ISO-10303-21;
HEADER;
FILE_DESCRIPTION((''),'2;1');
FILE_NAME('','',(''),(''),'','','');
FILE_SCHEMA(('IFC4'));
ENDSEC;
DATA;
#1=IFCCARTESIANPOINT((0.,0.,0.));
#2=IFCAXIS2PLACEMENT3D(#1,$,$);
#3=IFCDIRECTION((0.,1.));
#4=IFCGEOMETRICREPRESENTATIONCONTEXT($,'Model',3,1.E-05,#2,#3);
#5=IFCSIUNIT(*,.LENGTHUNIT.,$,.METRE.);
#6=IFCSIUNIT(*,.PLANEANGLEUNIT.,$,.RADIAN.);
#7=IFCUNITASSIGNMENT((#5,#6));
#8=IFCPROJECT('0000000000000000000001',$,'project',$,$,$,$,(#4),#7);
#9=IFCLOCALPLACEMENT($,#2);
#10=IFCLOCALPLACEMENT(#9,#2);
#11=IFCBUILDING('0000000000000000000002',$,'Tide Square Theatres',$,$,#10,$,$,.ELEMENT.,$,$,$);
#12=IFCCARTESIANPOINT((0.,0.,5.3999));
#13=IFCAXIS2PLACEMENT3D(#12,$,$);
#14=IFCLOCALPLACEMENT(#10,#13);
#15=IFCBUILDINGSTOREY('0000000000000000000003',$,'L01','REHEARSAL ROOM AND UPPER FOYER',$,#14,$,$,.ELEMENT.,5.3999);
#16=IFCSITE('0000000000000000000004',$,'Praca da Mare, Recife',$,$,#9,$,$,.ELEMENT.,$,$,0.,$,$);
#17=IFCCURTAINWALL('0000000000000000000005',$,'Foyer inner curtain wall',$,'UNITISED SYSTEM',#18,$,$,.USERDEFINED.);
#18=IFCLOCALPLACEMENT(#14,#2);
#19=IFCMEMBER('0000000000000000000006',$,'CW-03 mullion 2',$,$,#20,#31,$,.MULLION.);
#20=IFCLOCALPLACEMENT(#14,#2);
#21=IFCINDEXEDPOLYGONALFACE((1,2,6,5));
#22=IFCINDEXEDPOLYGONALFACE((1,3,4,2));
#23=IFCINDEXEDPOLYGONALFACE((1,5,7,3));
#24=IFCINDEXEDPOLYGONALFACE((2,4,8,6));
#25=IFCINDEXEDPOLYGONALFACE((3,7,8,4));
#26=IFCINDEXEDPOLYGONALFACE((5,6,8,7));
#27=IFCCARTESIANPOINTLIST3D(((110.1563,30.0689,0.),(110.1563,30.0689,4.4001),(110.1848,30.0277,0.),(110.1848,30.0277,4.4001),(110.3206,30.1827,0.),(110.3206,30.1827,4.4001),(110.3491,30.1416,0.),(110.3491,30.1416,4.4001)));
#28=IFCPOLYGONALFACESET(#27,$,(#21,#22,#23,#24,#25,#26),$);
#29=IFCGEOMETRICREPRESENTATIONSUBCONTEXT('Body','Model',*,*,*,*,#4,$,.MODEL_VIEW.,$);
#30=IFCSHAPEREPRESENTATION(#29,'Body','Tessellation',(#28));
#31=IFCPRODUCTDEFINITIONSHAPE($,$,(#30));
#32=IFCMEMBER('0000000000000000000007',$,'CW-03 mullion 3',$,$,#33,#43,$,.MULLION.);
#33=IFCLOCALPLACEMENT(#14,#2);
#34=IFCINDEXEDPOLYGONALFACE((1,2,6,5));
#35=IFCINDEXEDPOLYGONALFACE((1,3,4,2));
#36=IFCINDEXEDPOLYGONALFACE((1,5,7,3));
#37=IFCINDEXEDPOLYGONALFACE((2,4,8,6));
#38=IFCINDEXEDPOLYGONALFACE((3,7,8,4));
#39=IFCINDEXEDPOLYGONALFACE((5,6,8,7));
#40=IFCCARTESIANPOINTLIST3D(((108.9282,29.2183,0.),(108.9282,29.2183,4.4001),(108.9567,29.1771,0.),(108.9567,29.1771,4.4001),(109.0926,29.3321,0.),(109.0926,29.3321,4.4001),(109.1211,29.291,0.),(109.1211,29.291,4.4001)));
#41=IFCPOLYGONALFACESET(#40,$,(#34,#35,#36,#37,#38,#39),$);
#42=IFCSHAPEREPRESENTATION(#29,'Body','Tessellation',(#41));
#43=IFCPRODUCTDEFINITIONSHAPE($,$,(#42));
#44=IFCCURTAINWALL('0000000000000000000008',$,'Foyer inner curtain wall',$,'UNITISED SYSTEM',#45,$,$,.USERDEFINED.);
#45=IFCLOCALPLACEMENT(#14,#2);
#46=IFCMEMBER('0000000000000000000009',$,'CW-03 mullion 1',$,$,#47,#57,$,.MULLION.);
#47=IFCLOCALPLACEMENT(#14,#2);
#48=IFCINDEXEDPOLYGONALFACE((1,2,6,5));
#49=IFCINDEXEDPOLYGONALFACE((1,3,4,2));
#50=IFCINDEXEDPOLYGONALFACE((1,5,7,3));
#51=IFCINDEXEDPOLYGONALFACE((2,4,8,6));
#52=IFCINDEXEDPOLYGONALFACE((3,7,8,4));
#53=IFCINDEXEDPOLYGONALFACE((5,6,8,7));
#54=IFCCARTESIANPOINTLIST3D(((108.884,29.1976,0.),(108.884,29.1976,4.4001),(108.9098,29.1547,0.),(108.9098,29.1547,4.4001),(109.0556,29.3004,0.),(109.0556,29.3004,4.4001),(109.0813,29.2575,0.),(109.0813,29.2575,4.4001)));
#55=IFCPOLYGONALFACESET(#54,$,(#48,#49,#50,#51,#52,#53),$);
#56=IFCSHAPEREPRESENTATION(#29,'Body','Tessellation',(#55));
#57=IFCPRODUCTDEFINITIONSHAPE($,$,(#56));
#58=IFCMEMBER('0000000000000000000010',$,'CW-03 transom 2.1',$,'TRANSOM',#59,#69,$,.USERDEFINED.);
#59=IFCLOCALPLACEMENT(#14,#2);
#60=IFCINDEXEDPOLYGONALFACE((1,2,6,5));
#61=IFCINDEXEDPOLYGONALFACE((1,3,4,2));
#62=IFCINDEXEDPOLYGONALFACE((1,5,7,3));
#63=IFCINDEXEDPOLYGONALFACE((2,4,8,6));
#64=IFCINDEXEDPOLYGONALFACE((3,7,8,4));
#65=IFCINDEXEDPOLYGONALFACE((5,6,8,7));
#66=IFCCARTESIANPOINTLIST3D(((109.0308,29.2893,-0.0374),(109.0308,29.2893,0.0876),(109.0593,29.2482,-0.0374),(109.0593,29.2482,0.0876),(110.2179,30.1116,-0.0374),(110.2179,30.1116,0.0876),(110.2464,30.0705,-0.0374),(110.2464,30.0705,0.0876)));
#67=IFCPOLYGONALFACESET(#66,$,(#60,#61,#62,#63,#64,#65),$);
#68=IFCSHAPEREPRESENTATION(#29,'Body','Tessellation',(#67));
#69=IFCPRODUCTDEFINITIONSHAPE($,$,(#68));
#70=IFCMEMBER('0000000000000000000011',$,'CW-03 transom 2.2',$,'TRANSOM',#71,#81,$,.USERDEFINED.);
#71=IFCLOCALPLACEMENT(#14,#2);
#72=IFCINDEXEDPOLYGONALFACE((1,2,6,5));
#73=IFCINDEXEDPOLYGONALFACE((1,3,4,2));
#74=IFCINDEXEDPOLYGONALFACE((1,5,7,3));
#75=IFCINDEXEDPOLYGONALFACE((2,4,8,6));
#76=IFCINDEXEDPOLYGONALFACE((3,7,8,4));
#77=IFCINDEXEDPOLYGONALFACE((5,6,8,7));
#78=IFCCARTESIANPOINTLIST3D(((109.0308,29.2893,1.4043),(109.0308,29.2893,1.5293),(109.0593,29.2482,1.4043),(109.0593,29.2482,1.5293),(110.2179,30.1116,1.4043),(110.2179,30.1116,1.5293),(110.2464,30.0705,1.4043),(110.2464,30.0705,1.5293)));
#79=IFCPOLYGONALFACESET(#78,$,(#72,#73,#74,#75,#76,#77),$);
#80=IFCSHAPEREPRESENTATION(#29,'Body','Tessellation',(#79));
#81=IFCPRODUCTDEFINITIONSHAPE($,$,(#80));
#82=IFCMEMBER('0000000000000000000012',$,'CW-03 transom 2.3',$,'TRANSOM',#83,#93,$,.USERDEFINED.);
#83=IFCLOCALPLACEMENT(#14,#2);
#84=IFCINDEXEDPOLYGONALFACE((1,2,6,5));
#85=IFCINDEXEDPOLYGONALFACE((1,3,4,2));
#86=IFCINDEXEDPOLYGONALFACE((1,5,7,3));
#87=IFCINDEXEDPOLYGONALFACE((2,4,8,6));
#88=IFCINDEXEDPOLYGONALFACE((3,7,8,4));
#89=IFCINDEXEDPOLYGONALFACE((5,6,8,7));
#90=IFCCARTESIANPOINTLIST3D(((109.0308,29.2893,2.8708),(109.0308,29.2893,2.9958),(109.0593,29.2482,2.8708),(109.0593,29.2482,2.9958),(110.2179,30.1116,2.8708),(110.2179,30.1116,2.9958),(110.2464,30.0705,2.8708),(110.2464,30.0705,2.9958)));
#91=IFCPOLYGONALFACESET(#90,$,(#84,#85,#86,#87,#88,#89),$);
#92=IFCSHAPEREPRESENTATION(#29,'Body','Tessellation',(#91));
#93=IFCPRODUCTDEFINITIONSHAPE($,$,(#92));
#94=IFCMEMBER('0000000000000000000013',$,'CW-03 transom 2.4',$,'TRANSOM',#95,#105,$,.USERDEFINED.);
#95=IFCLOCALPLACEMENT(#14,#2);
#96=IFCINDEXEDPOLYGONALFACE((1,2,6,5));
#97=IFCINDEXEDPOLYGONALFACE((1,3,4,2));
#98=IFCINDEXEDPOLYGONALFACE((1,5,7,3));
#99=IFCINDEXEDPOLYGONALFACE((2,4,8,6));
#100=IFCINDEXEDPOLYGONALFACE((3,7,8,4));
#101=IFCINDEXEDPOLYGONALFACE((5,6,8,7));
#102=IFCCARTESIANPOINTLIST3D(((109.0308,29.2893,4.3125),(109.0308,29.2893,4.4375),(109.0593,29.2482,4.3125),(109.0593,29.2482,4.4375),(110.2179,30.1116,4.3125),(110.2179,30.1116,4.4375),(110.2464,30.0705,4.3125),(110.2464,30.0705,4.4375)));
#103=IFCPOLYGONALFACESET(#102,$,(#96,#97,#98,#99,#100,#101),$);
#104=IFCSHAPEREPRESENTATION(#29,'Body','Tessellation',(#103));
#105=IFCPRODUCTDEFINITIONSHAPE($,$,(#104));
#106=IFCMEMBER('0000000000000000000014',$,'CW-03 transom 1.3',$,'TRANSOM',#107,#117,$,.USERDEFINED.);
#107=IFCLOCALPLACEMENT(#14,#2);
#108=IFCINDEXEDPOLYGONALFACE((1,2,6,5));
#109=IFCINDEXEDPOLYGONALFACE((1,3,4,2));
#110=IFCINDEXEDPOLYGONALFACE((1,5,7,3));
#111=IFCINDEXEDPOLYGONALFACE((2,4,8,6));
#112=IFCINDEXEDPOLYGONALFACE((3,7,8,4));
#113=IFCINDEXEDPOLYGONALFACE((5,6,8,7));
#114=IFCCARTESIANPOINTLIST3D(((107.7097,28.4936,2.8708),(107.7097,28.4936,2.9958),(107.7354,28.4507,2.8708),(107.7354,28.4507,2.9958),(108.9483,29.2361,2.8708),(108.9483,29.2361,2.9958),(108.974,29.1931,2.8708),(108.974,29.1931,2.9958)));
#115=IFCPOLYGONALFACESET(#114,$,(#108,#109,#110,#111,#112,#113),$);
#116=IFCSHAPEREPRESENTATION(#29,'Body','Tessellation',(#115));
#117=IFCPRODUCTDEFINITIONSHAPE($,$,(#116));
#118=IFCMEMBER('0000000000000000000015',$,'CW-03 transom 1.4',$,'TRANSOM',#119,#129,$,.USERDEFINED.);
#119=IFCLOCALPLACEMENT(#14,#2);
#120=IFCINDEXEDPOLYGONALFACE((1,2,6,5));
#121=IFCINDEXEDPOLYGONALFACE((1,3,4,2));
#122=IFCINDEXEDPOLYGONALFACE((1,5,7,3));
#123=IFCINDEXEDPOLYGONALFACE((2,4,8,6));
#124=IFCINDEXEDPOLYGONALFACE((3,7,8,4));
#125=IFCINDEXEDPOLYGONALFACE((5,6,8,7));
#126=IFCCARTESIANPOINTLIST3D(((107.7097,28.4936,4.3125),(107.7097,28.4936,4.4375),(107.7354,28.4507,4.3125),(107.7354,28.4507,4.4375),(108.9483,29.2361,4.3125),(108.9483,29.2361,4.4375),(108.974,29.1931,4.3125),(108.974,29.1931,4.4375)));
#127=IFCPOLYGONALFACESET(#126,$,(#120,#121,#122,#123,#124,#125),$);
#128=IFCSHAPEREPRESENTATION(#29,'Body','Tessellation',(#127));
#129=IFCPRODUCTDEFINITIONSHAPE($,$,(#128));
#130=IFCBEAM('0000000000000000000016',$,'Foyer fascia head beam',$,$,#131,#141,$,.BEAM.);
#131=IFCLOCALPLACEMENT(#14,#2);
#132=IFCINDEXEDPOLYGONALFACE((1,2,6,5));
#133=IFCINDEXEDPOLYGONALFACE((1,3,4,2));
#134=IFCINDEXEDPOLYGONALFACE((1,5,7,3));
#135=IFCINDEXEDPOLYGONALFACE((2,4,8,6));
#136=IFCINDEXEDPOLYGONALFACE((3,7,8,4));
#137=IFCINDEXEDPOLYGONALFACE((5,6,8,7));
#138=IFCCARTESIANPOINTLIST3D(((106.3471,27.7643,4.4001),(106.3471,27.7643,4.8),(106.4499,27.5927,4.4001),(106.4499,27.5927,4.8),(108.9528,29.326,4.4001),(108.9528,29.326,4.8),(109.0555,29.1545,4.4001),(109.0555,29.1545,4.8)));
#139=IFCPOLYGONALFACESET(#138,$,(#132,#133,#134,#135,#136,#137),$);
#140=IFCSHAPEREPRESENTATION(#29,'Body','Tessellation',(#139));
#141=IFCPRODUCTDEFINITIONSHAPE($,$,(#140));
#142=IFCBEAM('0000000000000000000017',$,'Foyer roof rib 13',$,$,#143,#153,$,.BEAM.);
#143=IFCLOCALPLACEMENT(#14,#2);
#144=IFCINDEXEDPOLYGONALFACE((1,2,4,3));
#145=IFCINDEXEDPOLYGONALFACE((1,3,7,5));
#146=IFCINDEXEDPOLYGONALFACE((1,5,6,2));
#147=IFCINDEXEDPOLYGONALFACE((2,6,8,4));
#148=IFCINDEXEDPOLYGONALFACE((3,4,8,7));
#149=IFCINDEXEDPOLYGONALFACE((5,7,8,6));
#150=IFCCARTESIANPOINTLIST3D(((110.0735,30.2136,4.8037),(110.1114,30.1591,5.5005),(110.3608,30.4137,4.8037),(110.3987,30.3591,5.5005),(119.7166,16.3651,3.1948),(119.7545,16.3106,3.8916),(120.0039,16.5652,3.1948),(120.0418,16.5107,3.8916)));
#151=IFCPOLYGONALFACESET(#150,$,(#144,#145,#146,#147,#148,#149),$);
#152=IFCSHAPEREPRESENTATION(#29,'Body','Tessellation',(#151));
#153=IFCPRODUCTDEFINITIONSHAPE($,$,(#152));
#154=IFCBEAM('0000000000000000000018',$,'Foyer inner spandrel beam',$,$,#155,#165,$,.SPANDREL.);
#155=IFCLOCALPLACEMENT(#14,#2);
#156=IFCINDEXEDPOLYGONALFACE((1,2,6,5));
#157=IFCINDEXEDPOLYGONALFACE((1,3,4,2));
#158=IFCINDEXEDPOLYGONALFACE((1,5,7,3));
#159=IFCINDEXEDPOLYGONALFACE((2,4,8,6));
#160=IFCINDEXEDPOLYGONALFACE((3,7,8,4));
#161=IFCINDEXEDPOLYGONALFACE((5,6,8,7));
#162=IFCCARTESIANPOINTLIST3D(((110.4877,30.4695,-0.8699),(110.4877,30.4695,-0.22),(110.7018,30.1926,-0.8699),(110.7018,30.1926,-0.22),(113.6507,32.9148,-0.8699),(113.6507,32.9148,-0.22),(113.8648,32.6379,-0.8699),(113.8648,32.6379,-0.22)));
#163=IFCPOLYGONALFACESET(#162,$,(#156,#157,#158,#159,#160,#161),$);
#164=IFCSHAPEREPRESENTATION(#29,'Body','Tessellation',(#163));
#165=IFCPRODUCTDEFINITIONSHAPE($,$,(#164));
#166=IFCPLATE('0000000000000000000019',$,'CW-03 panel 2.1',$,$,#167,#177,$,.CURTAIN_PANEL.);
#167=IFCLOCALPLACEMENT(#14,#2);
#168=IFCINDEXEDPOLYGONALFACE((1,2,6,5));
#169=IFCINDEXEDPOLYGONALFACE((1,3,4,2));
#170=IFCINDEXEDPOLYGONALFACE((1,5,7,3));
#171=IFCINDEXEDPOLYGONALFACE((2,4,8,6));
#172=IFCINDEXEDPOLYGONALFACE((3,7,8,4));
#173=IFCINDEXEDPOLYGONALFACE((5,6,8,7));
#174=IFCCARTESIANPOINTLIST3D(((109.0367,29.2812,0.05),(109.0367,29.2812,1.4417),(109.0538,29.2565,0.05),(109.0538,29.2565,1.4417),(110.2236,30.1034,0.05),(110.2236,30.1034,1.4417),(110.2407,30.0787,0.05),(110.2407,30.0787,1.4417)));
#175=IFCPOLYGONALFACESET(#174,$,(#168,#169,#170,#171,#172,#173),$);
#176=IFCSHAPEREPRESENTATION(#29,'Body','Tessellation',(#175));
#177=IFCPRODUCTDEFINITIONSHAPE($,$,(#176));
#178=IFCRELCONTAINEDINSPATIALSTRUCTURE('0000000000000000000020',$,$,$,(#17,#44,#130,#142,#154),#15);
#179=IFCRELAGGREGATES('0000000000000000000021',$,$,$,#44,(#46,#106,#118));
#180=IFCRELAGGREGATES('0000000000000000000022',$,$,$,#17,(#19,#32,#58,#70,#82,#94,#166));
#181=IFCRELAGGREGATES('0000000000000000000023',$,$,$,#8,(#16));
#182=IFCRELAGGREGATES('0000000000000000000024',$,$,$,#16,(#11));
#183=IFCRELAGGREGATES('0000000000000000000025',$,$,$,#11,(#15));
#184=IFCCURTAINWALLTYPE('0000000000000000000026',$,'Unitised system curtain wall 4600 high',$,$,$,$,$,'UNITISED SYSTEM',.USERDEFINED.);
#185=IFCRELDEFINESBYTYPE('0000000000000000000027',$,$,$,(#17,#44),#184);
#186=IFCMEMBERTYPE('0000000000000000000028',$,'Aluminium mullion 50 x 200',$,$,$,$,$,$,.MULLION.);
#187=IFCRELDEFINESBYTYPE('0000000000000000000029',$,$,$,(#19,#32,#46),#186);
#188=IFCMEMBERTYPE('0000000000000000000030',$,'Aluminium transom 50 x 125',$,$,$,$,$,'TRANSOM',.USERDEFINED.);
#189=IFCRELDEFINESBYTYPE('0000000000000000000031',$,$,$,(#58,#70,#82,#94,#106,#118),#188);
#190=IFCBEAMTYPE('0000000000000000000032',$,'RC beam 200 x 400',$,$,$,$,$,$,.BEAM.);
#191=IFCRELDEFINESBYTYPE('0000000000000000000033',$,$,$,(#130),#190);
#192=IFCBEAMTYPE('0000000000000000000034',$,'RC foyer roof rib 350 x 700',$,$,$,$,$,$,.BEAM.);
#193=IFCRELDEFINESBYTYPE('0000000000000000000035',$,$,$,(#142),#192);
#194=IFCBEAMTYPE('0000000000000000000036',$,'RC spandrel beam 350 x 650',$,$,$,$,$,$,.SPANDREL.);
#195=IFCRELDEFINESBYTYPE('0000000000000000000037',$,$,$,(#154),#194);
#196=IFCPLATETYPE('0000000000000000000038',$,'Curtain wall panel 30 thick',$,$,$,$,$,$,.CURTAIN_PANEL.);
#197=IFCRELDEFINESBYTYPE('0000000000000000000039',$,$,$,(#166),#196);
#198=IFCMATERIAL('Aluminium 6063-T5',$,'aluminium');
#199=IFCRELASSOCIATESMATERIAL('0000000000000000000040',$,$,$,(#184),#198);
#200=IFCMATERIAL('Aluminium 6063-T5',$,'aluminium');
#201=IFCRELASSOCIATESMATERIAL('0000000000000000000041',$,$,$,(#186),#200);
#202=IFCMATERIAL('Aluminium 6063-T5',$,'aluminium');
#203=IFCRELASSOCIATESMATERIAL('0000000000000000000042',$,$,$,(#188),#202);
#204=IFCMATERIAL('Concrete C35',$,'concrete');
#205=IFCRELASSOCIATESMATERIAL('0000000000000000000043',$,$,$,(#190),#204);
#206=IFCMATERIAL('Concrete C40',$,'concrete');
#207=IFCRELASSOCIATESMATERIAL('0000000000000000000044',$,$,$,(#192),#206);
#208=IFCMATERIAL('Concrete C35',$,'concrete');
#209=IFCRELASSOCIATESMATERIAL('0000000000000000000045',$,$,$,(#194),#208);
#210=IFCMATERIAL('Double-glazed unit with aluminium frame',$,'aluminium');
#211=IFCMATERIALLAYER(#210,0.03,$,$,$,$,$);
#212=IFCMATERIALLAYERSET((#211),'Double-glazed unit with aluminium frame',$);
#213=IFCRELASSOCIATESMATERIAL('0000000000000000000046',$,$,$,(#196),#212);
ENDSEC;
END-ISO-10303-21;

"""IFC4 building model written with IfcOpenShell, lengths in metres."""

from ifc_helpers import new_model, si_unit, direction, frame, origin, origin_2d, place, context, subcontext, project, spatial, rectangle, extrude, material, layer, layer_set, material_profile, profile_set, type_object, element, aggregate, save


model = new_model("IFC4")

# Units and contexts
model_context = context("Model", 3, precision=1e-05, world=origin(), true_north=direction((0.0, 1.0)))
body_context = subcontext(model_context, "Body", "Model", "MODEL_VIEW")
ifc_project = project(units=[si_unit("LENGTHUNIT", "METRE"), si_unit("PLANEANGLEUNIT", "RADIAN")], contexts=[model_context])

# Site, building, storey
site_placement = place(None, origin())
site = spatial("IfcSite", under=ifc_project, at=site_placement, Name="Praca da Mare, Recife", CompositionType="ELEMENT", RefElevation=0.0)
building_placement = place(site_placement, origin())
building = spatial("IfcBuilding", under=site, at=building_placement, Name="Tide Square Theatres", CompositionType="ELEMENT")
storey_placement = place(building_placement, frame((0.0, 0.0, 5.3999)))
storey = spatial("IfcBuildingStorey", under=building, at=storey_placement, Name="L01", Description="REHEARSAL ROOM AND UPPER FOYER", CompositionType="ELEMENT", Elevation=5.3999)

# Curtain wall, members
ifc_material_1 = material(Name="Aluminium 6063-T5", Category="aluminium")
curtain_wall_type = type_object("IfcCurtainWallType", Name="Unitised system curtain wall 4600 high", ElementType="UNITISED SYSTEM", PredefinedType="USERDEFINED", material=ifc_material_1)
curtain_wall_1_placement = place(storey_placement, origin())
curtain_wall_1 = element("IfcCurtainWall", 1, at=curtain_wall_1_placement, inside=storey, type_object=curtain_wall_type, Name="Foyer inner curtain wall", ObjectType="UNITISED SYSTEM", PredefinedType="USERDEFINED")
ifc_material_2 = material(Name="Aluminium 6063-T5", Category="aluminium")
ifc_material_profile_1 = material_profile(ifc_material_2, rectangle(XDim=0.05, YDim=0.2, at=origin_2d()))
ifc_profile_set_1 = profile_set([ifc_material_profile_1], Name="Aluminium 6063-T5")
member_type_1 = type_object("IfcMemberType", Name="Aluminium mullion 50 x 200", PredefinedType="MULLION", material=ifc_profile_set_1)
member_1_placement = place(storey_placement, frame((110.2527, 30.1052, 0.0), z_axis=(0.0, 0.0, 1.0), x_axis=(0.56947, -0.822012, 0.0)))
member_1 = element("IfcMember", 2, at=member_1_placement, type_object=member_type_1, Name="CW-03 mullion 2", PredefinedType="MULLION", context=body_context, shape_type="SweptSolid", body=[
    extrude(rectangle(XDim=0.05, YDim=0.2, at=origin_2d()), origin(), (0.0, 0.0, 1.0), 4.4001),
])
member_2_placement = place(storey_placement, frame((109.0247, 29.2546, 0.0), z_axis=(0.0, 0.0, 1.0), x_axis=(0.56947, -0.822012, 0.0)))
member_2 = element("IfcMember", 3, at=member_2_placement, type_object=member_type_1, Name="CW-03 mullion 3", PredefinedType="MULLION", context=body_context, shape_type="SweptSolid", body=[
    extrude(rectangle(XDim=0.05, YDim=0.2, at=origin_2d()), origin(), (0.0, 0.0, 1.0), 4.4001),
])

# Curtain wall, member
curtain_wall_2_placement = place(storey_placement, origin())
curtain_wall_2 = element("IfcCurtainWall", 4, at=curtain_wall_2_placement, inside=storey, type_object=curtain_wall_type, Name="Foyer inner curtain wall", ObjectType="UNITISED SYSTEM", PredefinedType="USERDEFINED")
member_3_placement = place(storey_placement, frame((108.9827, 29.2275, 0.0), z_axis=(0.0, 0.0, 1.0), x_axis=(0.514128, -0.857714, 0.0)))
member_3 = element("IfcMember", 5, at=member_3_placement, type_object=member_type_1, Name="CW-03 mullion 1", PredefinedType="MULLION", context=body_context, shape_type="SweptSolid", body=[
    extrude(rectangle(XDim=0.05, YDim=0.2, at=origin_2d()), origin(), (0.0, 0.0, 1.0), 4.4001),
])

# Members
ifc_material_3 = material(Name="Aluminium 6063-T5", Category="aluminium")
ifc_material_profile_2 = material_profile(ifc_material_3, rectangle(XDim=0.05, YDim=0.125, at=origin_2d()))
ifc_profile_set_2 = profile_set([ifc_material_profile_2], Name="Aluminium 6063-T5")
member_type_2 = type_object("IfcMemberType", Name="Aluminium transom 50 x 125", ElementType="TRANSOM", PredefinedType="USERDEFINED", material=ifc_profile_set_2)
member_4_placement = place(storey_placement, frame((110.2322, 30.0911, 0.0251), z_axis=(-0.822034, -0.569439, 0.0), x_axis=(0.569439, -0.822034, 0.0)))
member_4 = element("IfcMember", 6, at=member_4_placement, type_object=member_type_2, Name="CW-03 transom 2.1", ObjectType="TRANSOM", PredefinedType="USERDEFINED", context=body_context, shape_type="SweptSolid", body=[
    extrude(rectangle(XDim=0.05, YDim=0.125, at=origin_2d()), origin(), (0.0, 0.0, 1.0), 1.4441),
])
member_5_placement = place(storey_placement, frame((110.2322, 30.0911, 1.4668), z_axis=(-0.822034, -0.569439, 0.0), x_axis=(0.569439, -0.822034, 0.0)))
member_5 = element("IfcMember", 7, at=member_5_placement, type_object=member_type_2, Name="CW-03 transom 2.2", ObjectType="TRANSOM", PredefinedType="USERDEFINED", context=body_context, shape_type="SweptSolid", body=[
    extrude(rectangle(XDim=0.05, YDim=0.125, at=origin_2d()), origin(), (0.0, 0.0, 1.0), 1.4441),
])
member_6_placement = place(storey_placement, frame((110.2322, 30.0911, 2.9333), z_axis=(-0.822034, -0.569439, 0.0), x_axis=(0.569439, -0.822034, 0.0)))
member_6 = element("IfcMember", 8, at=member_6_placement, type_object=member_type_2, Name="CW-03 transom 2.3", ObjectType="TRANSOM", PredefinedType="USERDEFINED", context=body_context, shape_type="SweptSolid", body=[
    extrude(rectangle(XDim=0.05, YDim=0.125, at=origin_2d()), origin(), (0.0, 0.0, 1.0), 1.4441),
])
member_7_placement = place(storey_placement, frame((110.2322, 30.0911, 4.375), z_axis=(-0.822034, -0.569439, 0.0), x_axis=(0.569439, -0.822034, 0.0)))
member_7 = element("IfcMember", 9, at=member_7_placement, type_object=member_type_2, Name="CW-03 transom 2.4", ObjectType="TRANSOM", PredefinedType="USERDEFINED", context=body_context, shape_type="SweptSolid", body=[
    extrude(rectangle(XDim=0.05, YDim=0.125, at=origin_2d()), origin(), (0.0, 0.0, 1.0), 1.4441),
])
member_8_placement = place(storey_placement, frame((108.9612, 29.2146, 2.9333), z_axis=(-0.857702, -0.514148, 0.0), x_axis=(0.514148, -0.857702, 0.0)))
member_8 = element("IfcMember", 10, at=member_8_placement, type_object=member_type_2, Name="CW-03 transom 1.3", ObjectType="TRANSOM", PredefinedType="USERDEFINED", context=body_context, shape_type="SweptSolid", body=[
    extrude(rectangle(XDim=0.05, YDim=0.125, at=origin_2d()), origin(), (0.0, 0.0, 1.0), 1.4441),
])
member_9_placement = place(storey_placement, frame((108.9612, 29.2146, 4.375), z_axis=(-0.857702, -0.514148, 0.0), x_axis=(0.514148, -0.857702, 0.0)))
member_9 = element("IfcMember", 11, at=member_9_placement, type_object=member_type_2, Name="CW-03 transom 1.4", ObjectType="TRANSOM", PredefinedType="USERDEFINED", context=body_context, shape_type="SweptSolid", body=[
    extrude(rectangle(XDim=0.05, YDim=0.125, at=origin_2d()), origin(), (0.0, 0.0, 1.0), 1.4441),
])
aggregate(curtain_wall_2, [member_3, member_8, member_9])

# Beams
ifc_material_4 = material(Name="Concrete C35", Category="concrete")
ifc_material_profile_3 = material_profile(ifc_material_4, rectangle(XDim=0.2, YDim=0.3999, at=origin_2d()))
ifc_profile_set_3 = profile_set([ifc_material_profile_3], Name="Concrete C35")
beam_type_1 = type_object("IfcBeamType", Name="RC beam 200 x 400", PredefinedType="BEAM", material=ifc_profile_set_3)
beam_1_placement = place(storey_placement, frame((109.0042, 29.2402, 4.6001), z_axis=(-0.857734, -0.514094, 0.0), x_axis=(0.514094, -0.857734, 0.0)))
element("IfcBeam", 12, at=beam_1_placement, inside=storey, type_object=beam_type_1, Name="Foyer fascia head beam", PredefinedType="BEAM", context=body_context, shape_type="SweptSolid", body=[
    extrude(rectangle(XDim=0.2, YDim=0.3999, at=origin_2d()), origin(), (0.0, 0.0, 1.0), 3.0378),
])
ifc_material_5 = material(Name="Concrete C40", Category="concrete")
ifc_material_profile_4 = material_profile(ifc_material_5, rectangle(XDim=0.3501, YDim=0.7, at=origin_2d()))
ifc_profile_set_4 = profile_set([ifc_material_profile_4], Name="Concrete C40")
beam_type_2 = type_object("IfcBeamType", Name="RC foyer roof rib 350 x 700", PredefinedType="BEAM", material=ifc_profile_set_4)
beam_2_placement = place(storey_placement, frame((110.2361, 30.2864, 5.1521), z_axis=(0.56886, -0.816939, -0.094911), x_axis=(0.820644, 0.57144, 0.0)))
element("IfcBeam", 13, at=beam_2_placement, inside=storey, type_object=beam_type_2, Name="Foyer roof rib 13", PredefinedType="BEAM", context=body_context, shape_type="SweptSolid", body=[
    extrude(rectangle(XDim=0.3501, YDim=0.7, at=origin_2d()), origin(), (0.0, 0.0, 1.0), 16.9517),
])
ifc_material_6 = material(Name="Concrete C35", Category="concrete")
ifc_material_profile_5 = material_profile(ifc_material_6, rectangle(XDim=0.3501, YDim=0.6499, at=origin_2d()))
ifc_profile_set_5 = profile_set([ifc_material_profile_5], Name="Concrete C35")
beam_type_3 = type_object("IfcBeamType", Name="RC spandrel beam 350 x 650", PredefinedType="SPANDREL", material=ifc_profile_set_5)
beam_3_placement = place(storey_placement, frame((110.5947, 30.3311, -0.5449), z_axis=(0.791151, 0.611621, 0.0), x_axis=(-0.611621, 0.791151, 0.0)))
element("IfcBeam", 14, at=beam_3_placement, inside=storey, type_object=beam_type_3, Name="Foyer inner spandrel beam", PredefinedType="SPANDREL", context=body_context, shape_type="SweptSolid", body=[
    extrude(rectangle(XDim=0.3501, YDim=0.6499, at=origin_2d()), origin(), (0.0, 0.0, 1.0), 3.998),
])

# Plate
ifc_material_7 = material(Name="Double-glazed unit with aluminium frame", Category="aluminium")
ifc_layer_1 = layer(ifc_material_7, 0.03)
ifc_layer_set_1 = layer_set([ifc_layer_1], Name="Double-glazed unit with aluminium frame")
plate_type = type_object("IfcPlateType", Name="Curtain wall panel 30 thick", PredefinedType="CURTAIN_PANEL", material=ifc_layer_set_1)
plate_1_placement = place(storey_placement, frame((109.6387, 29.6799, 0.05), z_axis=(0.0, 0.0, 1.0), x_axis=(-0.822012, -0.56947, 0.0)))
plate_1 = element("IfcPlate", 15, at=plate_1_placement, type_object=plate_type, Name="CW-03 panel 2.1", PredefinedType="CURTAIN_PANEL", context=body_context, shape_type="SweptSolid", body=[
    extrude(rectangle(XDim=1.4438, YDim=0.03, at=origin_2d()), origin(), (0.0, 0.0, 1.0), 1.3916),
])
aggregate(curtain_wall_1, [member_1, member_2, member_4, member_5, member_6, member_7, plate_1])

save(model, "model.ifc")
